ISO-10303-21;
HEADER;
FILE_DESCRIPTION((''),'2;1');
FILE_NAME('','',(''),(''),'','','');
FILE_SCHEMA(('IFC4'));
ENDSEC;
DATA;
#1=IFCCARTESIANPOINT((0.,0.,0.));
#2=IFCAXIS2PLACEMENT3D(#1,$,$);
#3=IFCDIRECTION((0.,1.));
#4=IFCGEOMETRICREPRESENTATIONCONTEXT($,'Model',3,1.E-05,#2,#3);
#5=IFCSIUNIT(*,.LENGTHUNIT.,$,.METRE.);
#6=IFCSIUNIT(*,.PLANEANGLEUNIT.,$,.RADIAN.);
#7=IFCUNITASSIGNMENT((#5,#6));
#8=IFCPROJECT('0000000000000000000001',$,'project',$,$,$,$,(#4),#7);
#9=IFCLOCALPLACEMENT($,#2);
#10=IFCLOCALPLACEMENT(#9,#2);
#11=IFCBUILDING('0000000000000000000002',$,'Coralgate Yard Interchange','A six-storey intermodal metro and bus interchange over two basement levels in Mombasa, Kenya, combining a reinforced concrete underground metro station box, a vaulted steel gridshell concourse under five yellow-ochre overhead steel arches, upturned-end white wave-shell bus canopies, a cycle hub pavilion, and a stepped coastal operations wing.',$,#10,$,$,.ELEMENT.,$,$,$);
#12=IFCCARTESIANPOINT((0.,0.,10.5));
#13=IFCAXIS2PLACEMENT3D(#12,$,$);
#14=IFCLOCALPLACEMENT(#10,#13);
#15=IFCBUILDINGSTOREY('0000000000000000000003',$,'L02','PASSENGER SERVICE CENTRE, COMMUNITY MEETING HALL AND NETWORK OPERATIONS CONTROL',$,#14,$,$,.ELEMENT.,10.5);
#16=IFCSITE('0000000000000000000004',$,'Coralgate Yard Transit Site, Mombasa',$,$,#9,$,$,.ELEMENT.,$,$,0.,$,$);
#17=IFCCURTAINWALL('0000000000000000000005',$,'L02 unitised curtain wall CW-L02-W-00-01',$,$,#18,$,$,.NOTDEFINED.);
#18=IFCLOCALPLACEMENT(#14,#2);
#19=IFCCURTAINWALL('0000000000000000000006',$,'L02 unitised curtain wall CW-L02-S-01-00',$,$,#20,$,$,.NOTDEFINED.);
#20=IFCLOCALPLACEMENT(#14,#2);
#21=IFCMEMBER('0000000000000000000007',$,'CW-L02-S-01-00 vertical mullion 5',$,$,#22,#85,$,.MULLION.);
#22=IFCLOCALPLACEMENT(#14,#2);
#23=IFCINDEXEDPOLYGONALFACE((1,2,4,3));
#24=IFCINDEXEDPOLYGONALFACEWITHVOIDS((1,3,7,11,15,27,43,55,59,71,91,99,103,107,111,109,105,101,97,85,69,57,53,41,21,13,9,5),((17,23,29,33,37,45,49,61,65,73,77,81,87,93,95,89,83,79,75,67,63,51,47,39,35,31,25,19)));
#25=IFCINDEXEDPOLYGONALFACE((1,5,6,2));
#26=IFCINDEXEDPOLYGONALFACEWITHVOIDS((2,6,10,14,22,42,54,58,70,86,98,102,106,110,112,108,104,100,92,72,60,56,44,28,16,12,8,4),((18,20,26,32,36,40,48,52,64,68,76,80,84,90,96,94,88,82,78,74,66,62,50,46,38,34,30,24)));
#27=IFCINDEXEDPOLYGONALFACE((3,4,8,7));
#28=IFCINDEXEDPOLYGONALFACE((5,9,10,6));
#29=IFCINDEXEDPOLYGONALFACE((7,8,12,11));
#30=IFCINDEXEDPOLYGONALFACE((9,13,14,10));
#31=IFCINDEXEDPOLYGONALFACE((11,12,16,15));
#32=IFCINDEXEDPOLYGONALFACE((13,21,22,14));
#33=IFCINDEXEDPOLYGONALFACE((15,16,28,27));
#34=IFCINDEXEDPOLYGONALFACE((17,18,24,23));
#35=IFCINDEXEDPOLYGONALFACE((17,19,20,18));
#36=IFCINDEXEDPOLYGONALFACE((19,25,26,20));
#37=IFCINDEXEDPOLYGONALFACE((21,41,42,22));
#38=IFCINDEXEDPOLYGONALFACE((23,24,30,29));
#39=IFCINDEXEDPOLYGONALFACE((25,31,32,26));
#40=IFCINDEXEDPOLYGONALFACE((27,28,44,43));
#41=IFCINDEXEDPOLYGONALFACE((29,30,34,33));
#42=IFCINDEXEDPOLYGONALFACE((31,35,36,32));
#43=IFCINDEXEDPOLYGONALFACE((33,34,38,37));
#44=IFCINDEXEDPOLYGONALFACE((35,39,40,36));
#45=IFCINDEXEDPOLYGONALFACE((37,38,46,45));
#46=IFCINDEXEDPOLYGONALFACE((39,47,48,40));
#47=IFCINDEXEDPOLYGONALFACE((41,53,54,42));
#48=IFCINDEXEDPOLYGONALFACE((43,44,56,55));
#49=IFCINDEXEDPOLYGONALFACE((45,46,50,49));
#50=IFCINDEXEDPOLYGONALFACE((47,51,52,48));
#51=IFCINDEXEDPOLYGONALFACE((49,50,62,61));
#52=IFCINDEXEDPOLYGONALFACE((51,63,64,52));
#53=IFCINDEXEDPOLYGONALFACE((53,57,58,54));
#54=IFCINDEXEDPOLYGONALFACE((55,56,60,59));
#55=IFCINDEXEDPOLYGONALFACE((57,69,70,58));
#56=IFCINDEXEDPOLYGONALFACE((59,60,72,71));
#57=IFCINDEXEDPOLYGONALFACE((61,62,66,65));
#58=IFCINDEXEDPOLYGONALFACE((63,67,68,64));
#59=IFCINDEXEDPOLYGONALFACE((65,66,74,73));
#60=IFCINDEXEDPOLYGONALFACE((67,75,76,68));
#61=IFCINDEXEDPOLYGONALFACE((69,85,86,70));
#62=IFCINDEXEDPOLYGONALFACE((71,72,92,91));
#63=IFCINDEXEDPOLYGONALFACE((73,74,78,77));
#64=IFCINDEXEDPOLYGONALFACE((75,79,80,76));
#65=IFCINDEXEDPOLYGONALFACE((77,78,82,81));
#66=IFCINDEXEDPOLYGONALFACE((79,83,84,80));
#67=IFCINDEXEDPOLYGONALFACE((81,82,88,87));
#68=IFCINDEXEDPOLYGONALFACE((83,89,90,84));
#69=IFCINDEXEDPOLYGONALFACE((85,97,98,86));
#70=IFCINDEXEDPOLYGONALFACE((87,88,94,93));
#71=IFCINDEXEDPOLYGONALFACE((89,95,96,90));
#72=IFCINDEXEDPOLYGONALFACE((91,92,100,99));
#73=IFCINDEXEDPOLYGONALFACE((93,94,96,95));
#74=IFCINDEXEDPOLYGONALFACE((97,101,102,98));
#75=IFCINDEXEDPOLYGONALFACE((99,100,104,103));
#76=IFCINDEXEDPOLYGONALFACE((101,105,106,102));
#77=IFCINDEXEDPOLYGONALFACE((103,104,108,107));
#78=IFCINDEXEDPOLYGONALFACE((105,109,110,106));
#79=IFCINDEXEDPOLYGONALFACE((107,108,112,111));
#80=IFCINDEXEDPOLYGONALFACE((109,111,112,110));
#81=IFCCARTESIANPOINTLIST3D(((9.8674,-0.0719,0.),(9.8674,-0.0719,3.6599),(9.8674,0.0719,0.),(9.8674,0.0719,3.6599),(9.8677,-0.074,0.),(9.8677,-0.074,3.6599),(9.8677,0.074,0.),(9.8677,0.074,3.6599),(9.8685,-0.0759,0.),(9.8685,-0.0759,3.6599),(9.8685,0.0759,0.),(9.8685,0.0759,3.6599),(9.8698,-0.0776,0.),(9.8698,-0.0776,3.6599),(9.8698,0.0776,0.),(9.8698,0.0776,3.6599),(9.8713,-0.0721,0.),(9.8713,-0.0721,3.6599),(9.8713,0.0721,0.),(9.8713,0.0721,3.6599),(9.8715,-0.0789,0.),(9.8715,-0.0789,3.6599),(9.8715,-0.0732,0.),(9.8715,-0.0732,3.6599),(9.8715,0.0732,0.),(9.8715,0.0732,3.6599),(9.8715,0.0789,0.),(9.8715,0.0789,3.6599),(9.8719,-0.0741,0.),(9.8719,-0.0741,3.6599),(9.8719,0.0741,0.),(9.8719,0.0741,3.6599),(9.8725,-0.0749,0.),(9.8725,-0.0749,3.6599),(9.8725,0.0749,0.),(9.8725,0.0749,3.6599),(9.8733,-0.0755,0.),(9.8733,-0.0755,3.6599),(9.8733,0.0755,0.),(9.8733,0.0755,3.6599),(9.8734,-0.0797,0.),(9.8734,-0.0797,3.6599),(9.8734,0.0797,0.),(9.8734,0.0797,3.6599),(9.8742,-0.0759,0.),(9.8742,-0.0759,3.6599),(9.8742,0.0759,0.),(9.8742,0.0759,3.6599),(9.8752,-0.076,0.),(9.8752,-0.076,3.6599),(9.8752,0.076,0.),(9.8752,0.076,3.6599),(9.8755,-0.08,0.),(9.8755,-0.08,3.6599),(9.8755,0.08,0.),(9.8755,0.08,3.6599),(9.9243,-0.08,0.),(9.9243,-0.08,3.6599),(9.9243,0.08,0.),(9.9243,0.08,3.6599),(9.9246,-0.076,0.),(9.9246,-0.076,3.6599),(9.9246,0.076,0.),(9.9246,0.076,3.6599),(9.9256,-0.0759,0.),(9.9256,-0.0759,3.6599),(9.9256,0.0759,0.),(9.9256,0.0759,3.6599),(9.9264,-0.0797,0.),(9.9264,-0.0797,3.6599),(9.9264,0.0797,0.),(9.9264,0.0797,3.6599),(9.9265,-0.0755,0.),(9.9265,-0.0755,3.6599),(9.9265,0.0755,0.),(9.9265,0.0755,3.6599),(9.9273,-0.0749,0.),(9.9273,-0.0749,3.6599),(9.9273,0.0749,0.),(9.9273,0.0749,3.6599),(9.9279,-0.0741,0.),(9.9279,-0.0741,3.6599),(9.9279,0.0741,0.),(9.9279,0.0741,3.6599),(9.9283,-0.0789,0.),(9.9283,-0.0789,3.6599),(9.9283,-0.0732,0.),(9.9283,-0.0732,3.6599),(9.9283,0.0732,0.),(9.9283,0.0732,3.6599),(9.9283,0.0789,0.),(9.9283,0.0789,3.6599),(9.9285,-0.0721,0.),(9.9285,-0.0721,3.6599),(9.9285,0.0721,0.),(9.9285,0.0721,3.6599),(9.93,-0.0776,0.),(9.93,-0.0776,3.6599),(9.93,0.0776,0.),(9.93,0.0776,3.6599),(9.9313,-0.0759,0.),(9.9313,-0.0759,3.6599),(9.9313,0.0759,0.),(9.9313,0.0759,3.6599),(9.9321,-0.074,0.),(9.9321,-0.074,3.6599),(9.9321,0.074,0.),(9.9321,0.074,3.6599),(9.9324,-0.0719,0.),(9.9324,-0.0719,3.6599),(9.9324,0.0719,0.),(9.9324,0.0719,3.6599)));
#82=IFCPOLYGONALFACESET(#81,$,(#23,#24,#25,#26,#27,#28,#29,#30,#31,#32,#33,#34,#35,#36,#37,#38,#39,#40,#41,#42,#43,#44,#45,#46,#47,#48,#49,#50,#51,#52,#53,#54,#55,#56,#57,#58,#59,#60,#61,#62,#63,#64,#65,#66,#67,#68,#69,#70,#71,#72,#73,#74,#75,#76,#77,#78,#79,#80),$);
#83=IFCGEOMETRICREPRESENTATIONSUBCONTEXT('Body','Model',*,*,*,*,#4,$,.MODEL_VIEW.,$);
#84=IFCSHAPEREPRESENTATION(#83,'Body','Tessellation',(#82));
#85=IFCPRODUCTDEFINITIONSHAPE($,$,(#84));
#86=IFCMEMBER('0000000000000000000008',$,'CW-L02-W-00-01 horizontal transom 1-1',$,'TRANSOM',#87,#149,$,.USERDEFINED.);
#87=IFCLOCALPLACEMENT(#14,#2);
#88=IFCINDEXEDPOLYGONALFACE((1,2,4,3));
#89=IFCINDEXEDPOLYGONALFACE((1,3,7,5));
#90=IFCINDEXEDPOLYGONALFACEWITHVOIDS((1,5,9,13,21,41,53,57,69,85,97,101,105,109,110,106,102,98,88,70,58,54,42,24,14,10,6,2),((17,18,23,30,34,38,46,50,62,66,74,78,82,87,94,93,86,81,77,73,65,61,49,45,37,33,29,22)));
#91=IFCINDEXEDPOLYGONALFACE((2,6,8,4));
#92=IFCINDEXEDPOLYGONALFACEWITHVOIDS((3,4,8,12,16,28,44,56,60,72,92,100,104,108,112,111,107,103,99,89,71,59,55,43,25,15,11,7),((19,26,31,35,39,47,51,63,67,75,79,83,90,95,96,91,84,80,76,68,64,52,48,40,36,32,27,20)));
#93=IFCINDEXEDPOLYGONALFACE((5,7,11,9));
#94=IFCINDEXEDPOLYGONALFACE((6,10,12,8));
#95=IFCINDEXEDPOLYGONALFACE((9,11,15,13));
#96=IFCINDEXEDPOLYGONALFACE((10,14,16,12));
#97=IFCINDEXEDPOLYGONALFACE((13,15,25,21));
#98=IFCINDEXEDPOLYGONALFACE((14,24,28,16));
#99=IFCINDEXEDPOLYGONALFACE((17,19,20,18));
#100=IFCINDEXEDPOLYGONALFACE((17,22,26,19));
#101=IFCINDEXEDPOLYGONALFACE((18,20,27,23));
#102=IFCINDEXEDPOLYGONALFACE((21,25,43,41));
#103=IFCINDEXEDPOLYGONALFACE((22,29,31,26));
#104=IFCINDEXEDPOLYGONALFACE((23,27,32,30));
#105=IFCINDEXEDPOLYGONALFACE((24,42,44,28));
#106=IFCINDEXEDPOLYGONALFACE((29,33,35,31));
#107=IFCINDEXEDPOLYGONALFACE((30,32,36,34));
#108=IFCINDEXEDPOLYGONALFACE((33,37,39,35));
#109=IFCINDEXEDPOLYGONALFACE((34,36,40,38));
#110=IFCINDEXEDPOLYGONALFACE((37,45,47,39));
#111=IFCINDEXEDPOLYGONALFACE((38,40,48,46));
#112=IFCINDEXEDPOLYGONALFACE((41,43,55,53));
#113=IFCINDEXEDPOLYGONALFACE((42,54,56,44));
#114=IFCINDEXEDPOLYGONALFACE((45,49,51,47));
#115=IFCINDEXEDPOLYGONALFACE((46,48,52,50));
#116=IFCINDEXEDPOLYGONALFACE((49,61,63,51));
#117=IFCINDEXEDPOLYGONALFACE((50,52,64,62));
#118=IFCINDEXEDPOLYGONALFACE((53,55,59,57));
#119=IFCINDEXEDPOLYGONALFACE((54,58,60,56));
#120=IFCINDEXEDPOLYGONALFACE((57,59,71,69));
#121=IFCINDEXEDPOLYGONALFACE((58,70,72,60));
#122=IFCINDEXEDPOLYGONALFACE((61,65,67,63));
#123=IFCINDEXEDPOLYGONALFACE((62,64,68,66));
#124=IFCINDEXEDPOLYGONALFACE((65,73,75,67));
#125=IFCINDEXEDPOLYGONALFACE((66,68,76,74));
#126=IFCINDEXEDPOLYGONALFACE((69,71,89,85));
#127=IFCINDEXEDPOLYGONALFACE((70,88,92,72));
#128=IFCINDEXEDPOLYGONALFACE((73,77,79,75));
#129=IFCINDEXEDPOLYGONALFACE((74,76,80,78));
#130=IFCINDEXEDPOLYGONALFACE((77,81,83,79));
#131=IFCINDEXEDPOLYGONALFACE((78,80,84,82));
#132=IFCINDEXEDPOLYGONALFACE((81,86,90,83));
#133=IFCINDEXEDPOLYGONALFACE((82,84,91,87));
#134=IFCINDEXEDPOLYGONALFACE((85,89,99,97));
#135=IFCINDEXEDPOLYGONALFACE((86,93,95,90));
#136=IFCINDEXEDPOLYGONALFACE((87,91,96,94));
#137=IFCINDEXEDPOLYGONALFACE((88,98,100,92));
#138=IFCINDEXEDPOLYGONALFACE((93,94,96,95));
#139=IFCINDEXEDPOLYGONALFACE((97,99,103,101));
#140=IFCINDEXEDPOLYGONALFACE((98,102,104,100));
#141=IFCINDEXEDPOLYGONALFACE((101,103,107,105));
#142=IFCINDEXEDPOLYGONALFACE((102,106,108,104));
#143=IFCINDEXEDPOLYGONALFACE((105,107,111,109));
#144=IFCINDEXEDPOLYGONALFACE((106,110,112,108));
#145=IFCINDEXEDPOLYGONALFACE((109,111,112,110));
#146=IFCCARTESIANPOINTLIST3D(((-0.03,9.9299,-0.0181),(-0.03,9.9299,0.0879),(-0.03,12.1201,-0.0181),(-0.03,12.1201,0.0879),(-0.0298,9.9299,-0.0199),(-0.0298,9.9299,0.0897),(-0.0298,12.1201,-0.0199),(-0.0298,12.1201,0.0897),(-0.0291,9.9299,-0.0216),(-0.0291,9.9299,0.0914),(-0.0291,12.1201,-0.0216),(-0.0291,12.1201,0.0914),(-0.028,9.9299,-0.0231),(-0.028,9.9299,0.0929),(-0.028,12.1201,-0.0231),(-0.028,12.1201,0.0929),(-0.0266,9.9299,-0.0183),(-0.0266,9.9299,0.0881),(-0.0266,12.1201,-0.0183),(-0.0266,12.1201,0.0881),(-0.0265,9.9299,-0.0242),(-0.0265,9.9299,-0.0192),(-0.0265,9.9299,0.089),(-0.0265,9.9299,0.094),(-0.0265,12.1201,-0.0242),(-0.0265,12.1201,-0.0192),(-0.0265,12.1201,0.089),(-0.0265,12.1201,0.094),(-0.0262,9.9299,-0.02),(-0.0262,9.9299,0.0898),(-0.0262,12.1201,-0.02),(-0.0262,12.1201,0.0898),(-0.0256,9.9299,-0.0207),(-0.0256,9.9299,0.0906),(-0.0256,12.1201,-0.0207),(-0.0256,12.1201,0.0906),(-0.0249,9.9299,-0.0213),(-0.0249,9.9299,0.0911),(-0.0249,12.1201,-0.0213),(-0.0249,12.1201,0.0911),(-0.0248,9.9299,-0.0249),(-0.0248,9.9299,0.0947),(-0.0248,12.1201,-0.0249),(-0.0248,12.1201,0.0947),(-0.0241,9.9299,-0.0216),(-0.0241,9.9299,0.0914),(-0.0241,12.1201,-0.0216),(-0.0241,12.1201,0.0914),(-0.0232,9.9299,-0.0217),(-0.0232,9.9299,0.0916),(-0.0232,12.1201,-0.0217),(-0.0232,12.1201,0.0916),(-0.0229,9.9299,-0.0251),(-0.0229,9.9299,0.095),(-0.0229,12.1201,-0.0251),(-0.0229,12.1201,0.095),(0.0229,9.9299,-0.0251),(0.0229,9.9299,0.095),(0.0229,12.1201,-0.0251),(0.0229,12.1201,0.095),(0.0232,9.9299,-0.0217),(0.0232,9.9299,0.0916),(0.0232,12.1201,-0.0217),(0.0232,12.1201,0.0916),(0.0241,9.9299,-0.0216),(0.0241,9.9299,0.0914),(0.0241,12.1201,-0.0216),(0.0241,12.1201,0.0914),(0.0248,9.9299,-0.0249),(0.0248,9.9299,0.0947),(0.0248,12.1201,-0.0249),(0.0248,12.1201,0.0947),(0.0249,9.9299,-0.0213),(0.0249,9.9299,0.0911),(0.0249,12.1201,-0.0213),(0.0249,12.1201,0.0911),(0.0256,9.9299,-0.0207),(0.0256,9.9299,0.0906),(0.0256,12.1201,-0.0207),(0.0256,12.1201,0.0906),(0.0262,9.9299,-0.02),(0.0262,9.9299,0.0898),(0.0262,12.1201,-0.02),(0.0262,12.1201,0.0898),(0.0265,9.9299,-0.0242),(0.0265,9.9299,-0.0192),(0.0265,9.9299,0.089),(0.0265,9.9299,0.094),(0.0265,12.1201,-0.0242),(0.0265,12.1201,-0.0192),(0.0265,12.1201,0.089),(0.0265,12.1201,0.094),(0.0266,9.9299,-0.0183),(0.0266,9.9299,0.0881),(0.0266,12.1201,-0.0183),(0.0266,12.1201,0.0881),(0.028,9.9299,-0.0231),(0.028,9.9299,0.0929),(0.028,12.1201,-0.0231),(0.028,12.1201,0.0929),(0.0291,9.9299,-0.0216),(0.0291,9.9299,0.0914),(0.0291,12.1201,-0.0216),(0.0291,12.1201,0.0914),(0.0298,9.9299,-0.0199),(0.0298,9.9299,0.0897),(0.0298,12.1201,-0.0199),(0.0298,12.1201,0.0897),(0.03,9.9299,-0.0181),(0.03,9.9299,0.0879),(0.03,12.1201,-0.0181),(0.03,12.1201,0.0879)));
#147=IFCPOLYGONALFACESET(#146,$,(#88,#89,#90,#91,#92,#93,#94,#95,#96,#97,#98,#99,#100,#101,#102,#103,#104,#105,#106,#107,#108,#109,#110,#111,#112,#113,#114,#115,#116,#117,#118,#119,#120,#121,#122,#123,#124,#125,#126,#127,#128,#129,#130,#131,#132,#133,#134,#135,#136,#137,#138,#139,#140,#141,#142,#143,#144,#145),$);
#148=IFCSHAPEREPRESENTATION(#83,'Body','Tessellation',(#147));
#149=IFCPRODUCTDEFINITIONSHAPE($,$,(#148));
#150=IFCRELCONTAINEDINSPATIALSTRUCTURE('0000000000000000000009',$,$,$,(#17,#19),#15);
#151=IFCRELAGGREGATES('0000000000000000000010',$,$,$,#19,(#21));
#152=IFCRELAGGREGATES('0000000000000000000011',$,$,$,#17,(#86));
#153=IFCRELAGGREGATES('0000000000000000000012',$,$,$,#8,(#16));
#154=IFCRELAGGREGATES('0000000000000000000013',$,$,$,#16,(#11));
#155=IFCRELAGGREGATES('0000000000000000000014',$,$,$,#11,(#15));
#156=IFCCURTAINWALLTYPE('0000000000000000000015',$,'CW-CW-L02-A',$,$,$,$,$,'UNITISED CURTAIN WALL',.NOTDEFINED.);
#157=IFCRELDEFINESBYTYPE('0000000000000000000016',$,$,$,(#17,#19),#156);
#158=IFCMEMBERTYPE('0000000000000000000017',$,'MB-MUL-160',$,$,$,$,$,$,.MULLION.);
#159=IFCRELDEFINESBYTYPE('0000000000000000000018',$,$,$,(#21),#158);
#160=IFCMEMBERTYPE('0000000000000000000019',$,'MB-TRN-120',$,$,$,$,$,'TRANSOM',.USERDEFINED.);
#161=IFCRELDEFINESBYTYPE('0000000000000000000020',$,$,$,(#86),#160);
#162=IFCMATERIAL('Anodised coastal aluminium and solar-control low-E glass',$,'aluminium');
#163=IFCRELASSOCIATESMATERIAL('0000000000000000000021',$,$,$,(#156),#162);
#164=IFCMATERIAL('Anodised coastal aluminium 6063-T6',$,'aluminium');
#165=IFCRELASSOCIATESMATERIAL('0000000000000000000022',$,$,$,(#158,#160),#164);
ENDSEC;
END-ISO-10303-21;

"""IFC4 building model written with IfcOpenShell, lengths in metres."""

from ifc_helpers import new_model, si_unit, direction, frame, origin, origin_2d, place, context, subcontext, project, spatial, hollow_rectangle, extrude, material, material_profile, profile_set, type_object, element, aggregate, save


model = new_model("IFC4")

# Units and contexts
model_context = context("Model", 3, precision=1e-05, world=origin(), true_north=direction((0.0, 1.0)))
body_context = subcontext(model_context, "Body", "Model", "MODEL_VIEW")
ifc_project = project(units=[si_unit("LENGTHUNIT", "METRE"), si_unit("PLANEANGLEUNIT", "RADIAN")], contexts=[model_context])

# Site, building, storey
site_placement = place(None, origin())
site = spatial("IfcSite", under=ifc_project, at=site_placement, Name="Coralgate Yard Transit Site, Mombasa", CompositionType="ELEMENT", RefElevation=0.0)
building_placement = place(site_placement, origin())
building = spatial("IfcBuilding", under=site, at=building_placement, Name="Coralgate Yard Interchange", Description="A six-storey intermodal metro and bus interchange over two basement levels in Mombasa, Kenya, combining a reinforced concrete underground metro station box, a vaulted steel gridshell concourse under five yellow-ochre overhead steel arches, upturned-end white wave-shell bus canopies, a cycle hub pavilion, and a stepped coastal operations wing.", CompositionType="ELEMENT")
storey_placement = place(building_placement, frame((0.0, 0.0, 10.5)))
storey = spatial("IfcBuildingStorey", under=building, at=storey_placement, Name="L02", Description="PASSENGER SERVICE CENTRE, COMMUNITY MEETING HALL AND NETWORK OPERATIONS CONTROL", CompositionType="ELEMENT", Elevation=10.5)

# Curtain walls, member
ifc_material_1 = material(Name="Anodised coastal aluminium and solar-control low-E glass", Category="aluminium")
curtain_wall_type = type_object("IfcCurtainWallType", Name="CW-CW-L02-A", ElementType="UNITISED CURTAIN WALL", PredefinedType="NOTDEFINED", material=ifc_material_1)
curtain_wall_1_placement = place(storey_placement, origin())
curtain_wall_1 = element("IfcCurtainWall", 1, at=curtain_wall_1_placement, inside=storey, type_object=curtain_wall_type, Name="L02 unitised curtain wall CW-L02-W-00-01", PredefinedType="NOTDEFINED")
ifc_material_2 = material(Name="Anodised coastal aluminium 6063-T6", Category="aluminium")
ifc_material_profile_1 = material_profile(ifc_material_2, hollow_rectangle(XDim=0.0649, YDim=0.1599, WallThickness=0.0039, InnerFilletRadius=0.0039, OuterFilletRadius=0.0081, at=origin_2d()), Name="ALU 65x160x4")
ifc_profile_set_1 = profile_set([ifc_material_profile_1], Name="Anodised coastal aluminium 6063-T6")
member_type_1 = type_object("IfcMemberType", Name="MB-MUL-160", PredefinedType="MULLION", material=ifc_profile_set_1)
curtain_wall_2_placement = place(storey_placement, origin())
curtain_wall_2 = element("IfcCurtainWall", 2, at=curtain_wall_2_placement, inside=storey, type_object=curtain_wall_type, Name="L02 unitised curtain wall CW-L02-S-01-00", PredefinedType="NOTDEFINED")
member_1_placement = place(storey_placement, frame((9.8999, 0.0, 0.0), z_axis=(0.0, 0.0, 1.0), x_axis=(1.0, 0.0, 0.0)))
member_1 = element("IfcMember", 3, at=member_1_placement, type_object=member_type_1, Name="CW-L02-S-01-00 vertical mullion 5", PredefinedType="MULLION", context=body_context, shape_type="SweptSolid", body=[
    extrude(hollow_rectangle(XDim=0.0649, YDim=0.1599, WallThickness=0.0039, InnerFilletRadius=0.0039, OuterFilletRadius=0.0081, at=origin_2d()), origin(), (0.0, 0.0, 1.0), 3.6599),
])
aggregate(curtain_wall_2, [member_1])

# Member
ifc_material_profile_2 = material_profile(ifc_material_2, hollow_rectangle(XDim=0.0601, YDim=0.1201, WallThickness=0.0034, InnerFilletRadius=0.0034, OuterFilletRadius=0.0071, at=origin_2d()), Name="ALU 60x120x3.5")
ifc_profile_set_2 = profile_set([ifc_material_profile_2], Name="Anodised coastal aluminium 6063-T6")
member_type_2 = type_object("IfcMemberType", Name="MB-TRN-120", ElementType="TRANSOM", PredefinedType="USERDEFINED", material=ifc_profile_set_2)
member_2_placement = place(storey_placement, frame((0.0, 9.9299, 0.0349), z_axis=(0.0, 1.0, 0.0), x_axis=(-1.0, 0.0, 0.0)))
member_2 = element("IfcMember", 4, at=member_2_placement, type_object=member_type_2, Name="CW-L02-W-00-01 horizontal transom 1-1", ObjectType="TRANSOM", PredefinedType="USERDEFINED", context=body_context, shape_type="SweptSolid", body=[
    extrude(hollow_rectangle(XDim=0.0601, YDim=0.1201, WallThickness=0.0034, InnerFilletRadius=0.0034, OuterFilletRadius=0.0071, at=origin_2d()), origin(), (0.0, 0.0, 1.0), 2.1902),
])
aggregate(curtain_wall_1, [member_2])

save(model, "model.ifc")
